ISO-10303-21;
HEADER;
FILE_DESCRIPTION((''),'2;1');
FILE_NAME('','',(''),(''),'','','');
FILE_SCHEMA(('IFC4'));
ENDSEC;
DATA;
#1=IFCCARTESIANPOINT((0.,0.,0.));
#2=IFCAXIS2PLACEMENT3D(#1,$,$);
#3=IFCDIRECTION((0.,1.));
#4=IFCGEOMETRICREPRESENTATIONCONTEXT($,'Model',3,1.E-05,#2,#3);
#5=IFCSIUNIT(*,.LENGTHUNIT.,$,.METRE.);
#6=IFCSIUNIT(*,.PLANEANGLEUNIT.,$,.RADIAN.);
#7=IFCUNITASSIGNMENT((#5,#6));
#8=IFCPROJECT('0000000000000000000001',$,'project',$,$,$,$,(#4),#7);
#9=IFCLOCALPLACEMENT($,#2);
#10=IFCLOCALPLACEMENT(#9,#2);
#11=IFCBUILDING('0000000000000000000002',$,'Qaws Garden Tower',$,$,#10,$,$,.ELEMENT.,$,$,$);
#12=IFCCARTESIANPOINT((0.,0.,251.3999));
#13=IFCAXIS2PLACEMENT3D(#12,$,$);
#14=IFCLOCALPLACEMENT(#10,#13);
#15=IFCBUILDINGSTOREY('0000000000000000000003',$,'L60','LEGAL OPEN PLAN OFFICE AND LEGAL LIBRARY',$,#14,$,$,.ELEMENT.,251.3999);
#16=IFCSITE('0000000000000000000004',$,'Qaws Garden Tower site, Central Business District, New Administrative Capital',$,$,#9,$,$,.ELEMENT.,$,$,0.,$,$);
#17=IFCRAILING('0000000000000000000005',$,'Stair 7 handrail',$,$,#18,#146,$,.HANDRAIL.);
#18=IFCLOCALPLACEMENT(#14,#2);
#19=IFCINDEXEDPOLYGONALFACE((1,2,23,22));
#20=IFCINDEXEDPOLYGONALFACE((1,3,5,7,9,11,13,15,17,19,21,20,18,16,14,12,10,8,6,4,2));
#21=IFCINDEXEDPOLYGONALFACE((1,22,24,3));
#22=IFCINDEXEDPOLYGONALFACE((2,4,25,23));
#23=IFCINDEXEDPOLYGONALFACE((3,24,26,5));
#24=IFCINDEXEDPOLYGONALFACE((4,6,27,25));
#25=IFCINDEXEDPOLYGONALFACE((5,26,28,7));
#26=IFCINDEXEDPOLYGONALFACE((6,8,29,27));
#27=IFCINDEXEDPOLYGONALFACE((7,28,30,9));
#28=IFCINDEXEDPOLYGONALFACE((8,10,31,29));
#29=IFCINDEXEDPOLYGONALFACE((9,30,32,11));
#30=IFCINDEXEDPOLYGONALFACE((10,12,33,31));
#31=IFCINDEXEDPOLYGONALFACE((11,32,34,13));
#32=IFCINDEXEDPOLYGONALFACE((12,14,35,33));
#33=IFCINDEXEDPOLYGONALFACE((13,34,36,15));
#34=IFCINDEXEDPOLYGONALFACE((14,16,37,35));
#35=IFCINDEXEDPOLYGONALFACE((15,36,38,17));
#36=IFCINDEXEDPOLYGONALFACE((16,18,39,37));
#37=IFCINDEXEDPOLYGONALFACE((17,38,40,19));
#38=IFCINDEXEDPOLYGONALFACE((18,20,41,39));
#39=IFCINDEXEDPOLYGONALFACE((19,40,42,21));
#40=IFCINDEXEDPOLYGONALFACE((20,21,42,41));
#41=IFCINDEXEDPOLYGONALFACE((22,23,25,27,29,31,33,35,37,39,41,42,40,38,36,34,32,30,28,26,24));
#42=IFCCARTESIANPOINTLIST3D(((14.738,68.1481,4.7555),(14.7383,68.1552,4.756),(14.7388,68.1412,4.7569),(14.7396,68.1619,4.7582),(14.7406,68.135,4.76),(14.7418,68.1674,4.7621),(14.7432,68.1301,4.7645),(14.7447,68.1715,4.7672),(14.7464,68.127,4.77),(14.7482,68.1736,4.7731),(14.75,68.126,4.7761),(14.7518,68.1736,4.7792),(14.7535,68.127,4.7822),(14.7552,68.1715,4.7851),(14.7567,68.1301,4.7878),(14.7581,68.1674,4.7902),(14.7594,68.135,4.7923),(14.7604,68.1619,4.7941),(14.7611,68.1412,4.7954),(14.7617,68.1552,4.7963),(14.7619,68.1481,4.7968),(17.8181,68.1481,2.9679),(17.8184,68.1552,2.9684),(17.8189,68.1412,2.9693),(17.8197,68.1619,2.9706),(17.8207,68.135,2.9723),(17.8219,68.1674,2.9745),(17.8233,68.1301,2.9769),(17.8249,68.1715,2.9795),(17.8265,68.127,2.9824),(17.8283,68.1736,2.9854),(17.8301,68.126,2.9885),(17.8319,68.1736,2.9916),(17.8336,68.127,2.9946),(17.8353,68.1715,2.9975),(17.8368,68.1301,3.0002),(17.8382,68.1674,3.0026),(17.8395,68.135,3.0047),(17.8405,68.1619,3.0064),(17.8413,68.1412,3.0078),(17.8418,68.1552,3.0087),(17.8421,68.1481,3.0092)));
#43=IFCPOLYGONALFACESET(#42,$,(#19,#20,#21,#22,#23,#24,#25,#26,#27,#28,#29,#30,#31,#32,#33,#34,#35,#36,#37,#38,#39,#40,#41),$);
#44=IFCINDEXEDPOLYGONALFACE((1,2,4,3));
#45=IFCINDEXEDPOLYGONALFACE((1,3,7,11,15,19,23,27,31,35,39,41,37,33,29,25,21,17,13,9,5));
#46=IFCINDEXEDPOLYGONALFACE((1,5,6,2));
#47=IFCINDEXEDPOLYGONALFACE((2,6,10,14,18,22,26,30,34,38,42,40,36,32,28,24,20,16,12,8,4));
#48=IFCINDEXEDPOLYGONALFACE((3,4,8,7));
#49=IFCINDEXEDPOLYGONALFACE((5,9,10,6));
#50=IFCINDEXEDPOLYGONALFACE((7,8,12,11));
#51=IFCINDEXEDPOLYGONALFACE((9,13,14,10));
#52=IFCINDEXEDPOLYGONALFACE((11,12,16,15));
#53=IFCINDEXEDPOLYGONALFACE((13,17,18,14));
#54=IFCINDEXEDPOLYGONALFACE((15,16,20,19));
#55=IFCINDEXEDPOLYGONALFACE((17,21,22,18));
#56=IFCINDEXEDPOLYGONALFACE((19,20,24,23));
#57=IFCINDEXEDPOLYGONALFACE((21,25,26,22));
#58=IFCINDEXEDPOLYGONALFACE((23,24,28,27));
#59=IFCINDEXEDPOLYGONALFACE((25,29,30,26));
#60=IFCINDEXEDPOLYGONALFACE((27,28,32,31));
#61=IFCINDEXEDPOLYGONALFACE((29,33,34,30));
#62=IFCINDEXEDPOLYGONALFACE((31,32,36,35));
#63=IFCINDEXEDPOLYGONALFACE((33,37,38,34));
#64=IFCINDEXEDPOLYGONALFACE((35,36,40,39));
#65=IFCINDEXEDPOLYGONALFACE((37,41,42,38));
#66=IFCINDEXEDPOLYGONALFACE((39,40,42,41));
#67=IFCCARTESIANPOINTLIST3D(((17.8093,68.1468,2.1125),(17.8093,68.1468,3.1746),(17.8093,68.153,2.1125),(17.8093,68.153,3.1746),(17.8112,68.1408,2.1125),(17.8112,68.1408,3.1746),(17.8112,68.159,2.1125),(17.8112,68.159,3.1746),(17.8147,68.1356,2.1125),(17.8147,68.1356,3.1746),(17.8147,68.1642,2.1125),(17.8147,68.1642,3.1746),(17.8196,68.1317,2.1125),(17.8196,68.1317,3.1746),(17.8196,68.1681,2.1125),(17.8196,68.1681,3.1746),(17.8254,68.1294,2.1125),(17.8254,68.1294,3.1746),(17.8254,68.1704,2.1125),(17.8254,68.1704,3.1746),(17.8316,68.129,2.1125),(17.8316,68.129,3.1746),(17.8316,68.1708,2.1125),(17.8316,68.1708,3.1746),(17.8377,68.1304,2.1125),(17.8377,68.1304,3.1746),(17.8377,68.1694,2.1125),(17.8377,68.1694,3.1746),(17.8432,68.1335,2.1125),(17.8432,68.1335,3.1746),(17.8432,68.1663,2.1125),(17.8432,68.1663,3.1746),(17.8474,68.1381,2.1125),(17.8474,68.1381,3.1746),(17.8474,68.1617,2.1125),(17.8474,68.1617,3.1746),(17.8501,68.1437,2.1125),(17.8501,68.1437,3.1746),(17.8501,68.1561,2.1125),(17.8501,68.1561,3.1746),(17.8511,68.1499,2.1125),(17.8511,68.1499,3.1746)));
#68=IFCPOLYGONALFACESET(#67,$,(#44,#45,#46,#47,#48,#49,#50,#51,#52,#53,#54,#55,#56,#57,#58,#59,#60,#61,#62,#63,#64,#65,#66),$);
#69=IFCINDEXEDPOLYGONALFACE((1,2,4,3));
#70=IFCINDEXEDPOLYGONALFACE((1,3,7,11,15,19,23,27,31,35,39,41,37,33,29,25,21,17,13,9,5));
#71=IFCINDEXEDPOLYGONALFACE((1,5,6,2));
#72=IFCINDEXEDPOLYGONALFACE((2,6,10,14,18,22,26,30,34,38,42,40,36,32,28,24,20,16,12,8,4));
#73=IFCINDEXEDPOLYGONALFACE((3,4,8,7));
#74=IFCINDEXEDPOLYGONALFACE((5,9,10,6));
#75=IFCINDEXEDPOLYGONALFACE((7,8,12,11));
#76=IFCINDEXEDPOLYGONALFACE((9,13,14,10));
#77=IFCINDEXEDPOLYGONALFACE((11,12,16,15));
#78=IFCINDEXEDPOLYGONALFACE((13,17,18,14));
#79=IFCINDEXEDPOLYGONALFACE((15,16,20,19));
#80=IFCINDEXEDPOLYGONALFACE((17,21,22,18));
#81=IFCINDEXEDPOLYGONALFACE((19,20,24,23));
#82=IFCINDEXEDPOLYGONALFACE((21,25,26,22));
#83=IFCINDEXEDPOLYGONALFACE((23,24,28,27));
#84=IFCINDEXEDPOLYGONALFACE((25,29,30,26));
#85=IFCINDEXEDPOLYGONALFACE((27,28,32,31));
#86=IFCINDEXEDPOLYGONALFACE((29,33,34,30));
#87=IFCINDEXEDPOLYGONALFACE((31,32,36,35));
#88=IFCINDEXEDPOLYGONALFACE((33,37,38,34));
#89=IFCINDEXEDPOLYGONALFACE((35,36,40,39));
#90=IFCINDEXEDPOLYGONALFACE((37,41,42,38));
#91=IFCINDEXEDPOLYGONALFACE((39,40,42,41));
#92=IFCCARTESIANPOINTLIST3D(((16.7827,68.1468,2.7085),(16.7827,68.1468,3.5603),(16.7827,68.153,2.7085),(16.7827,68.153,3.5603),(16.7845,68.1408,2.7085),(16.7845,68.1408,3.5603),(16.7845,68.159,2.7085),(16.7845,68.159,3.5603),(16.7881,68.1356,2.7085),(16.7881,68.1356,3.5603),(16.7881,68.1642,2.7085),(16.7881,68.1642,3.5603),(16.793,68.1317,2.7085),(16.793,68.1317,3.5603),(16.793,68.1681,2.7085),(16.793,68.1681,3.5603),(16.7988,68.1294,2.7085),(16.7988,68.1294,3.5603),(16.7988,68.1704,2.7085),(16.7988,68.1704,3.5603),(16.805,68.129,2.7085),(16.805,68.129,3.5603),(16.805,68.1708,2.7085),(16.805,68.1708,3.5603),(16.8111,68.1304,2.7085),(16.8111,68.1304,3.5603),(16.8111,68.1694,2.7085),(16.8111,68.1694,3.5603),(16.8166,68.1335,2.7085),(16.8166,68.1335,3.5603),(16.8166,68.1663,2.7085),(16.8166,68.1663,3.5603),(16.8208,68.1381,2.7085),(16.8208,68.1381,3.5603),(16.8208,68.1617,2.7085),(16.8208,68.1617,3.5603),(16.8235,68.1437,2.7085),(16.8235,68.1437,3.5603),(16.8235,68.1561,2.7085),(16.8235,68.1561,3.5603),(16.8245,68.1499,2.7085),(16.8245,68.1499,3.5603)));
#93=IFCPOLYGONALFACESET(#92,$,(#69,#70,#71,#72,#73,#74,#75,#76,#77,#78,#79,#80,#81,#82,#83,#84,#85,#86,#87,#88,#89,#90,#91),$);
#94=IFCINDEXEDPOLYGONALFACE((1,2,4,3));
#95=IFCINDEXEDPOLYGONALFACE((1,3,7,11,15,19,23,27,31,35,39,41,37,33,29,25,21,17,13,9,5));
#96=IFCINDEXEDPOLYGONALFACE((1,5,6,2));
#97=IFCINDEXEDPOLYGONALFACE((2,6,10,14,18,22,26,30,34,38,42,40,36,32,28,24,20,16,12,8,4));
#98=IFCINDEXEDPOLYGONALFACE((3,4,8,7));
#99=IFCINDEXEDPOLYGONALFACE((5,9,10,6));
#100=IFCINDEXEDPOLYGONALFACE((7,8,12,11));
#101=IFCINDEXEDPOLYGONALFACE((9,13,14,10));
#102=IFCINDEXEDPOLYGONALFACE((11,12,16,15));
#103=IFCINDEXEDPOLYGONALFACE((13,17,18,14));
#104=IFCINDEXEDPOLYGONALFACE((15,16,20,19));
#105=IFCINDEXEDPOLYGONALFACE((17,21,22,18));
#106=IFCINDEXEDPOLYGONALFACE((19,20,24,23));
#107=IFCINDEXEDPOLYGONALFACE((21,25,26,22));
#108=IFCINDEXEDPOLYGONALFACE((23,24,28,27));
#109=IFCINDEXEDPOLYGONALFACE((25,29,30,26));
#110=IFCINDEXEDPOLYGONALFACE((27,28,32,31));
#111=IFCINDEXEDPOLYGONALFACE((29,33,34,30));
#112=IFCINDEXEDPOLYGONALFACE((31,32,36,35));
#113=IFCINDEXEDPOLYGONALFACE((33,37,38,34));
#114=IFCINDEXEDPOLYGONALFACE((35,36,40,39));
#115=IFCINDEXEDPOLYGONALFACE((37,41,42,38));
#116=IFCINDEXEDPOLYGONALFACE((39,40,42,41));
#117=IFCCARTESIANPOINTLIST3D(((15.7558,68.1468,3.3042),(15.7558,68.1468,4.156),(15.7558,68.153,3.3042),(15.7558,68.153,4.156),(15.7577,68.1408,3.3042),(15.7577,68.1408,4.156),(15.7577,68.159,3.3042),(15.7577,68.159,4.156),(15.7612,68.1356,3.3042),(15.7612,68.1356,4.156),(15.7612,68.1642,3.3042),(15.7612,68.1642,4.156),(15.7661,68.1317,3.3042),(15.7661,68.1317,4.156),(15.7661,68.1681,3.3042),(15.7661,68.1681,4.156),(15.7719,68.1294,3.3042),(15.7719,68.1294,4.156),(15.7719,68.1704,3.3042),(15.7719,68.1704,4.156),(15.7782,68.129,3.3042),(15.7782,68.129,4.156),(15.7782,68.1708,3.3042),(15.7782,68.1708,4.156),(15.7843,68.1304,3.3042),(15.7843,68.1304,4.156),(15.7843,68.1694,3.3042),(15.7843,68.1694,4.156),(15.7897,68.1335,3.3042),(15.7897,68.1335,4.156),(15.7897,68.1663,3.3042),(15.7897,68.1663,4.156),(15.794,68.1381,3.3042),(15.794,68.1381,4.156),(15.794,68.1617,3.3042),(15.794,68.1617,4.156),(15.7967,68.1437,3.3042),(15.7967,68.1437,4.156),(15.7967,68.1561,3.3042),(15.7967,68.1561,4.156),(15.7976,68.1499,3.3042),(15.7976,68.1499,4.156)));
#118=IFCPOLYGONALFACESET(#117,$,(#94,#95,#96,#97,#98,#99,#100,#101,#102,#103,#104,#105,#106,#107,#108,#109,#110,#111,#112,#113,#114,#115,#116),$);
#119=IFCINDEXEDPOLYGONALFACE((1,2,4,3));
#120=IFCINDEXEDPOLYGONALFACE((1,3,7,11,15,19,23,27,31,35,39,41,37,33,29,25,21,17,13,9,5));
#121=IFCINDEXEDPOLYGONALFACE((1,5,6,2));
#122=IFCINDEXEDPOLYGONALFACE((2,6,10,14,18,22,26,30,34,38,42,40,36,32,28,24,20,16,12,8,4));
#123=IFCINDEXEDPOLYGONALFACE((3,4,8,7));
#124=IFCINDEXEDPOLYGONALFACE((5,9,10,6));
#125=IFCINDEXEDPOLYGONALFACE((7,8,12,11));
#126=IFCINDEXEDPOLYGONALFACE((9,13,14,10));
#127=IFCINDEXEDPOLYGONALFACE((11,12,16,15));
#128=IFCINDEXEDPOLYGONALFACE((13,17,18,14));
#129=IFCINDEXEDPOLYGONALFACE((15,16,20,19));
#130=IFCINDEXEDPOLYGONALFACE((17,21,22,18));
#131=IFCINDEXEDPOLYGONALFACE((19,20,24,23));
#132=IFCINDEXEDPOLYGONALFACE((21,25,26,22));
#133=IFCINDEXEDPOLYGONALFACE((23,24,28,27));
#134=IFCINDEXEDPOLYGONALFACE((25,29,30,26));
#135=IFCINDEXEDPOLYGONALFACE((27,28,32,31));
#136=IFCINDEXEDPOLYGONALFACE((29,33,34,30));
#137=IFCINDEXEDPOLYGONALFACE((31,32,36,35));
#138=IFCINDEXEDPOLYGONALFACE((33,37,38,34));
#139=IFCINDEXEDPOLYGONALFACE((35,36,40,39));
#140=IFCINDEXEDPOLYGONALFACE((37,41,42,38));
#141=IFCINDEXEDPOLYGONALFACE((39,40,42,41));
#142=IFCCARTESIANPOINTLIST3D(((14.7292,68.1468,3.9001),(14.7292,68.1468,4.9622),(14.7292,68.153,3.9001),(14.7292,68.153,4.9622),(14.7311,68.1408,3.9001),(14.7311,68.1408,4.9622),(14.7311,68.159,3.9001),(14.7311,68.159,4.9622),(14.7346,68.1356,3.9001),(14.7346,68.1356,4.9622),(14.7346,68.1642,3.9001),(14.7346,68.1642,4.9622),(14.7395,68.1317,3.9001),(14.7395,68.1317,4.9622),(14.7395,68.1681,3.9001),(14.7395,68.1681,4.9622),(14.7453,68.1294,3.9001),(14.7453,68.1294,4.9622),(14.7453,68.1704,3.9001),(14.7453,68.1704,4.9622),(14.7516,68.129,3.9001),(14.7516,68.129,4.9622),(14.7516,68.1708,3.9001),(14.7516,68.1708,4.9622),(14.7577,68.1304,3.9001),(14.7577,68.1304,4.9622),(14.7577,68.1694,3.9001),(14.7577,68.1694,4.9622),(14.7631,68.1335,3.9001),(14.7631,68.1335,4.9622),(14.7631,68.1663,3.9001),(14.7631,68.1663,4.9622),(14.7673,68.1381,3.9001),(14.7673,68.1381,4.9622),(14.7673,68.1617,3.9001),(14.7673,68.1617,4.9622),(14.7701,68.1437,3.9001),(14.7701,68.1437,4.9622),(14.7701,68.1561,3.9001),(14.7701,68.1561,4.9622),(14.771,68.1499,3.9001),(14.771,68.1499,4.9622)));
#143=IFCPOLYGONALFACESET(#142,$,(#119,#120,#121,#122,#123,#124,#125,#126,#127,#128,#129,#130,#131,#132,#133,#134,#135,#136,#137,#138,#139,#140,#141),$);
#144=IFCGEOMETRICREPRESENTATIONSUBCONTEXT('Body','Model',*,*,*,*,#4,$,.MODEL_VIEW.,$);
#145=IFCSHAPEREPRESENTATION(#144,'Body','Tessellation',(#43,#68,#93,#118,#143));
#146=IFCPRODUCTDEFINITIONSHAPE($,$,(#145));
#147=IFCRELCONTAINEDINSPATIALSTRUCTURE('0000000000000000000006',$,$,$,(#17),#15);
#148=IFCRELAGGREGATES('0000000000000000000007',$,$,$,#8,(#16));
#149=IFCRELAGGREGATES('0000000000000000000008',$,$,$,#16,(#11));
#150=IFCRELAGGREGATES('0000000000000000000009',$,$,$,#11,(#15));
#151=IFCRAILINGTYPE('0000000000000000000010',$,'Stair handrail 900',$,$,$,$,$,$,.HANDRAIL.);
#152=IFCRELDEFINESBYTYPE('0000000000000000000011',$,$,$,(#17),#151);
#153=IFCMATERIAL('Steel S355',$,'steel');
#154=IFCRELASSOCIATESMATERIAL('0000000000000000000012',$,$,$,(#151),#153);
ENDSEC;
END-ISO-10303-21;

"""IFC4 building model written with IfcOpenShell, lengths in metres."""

from ifc_helpers import new_model, si_unit, direction, frame, origin, origin_2d, place, context, subcontext, project, spatial, circle, extrude, material, type_object, element, save


model = new_model("IFC4")

# Units and contexts
model_context = context("Model", 3, precision=1e-05, world=origin(), true_north=direction((0.0, 1.0)))
body_context = subcontext(model_context, "Body", "Model", "MODEL_VIEW")
ifc_project = project(units=[si_unit("LENGTHUNIT", "METRE"), si_unit("PLANEANGLEUNIT", "RADIAN")], contexts=[model_context])

# Site, building, storey
site_placement = place(None, origin())
site = spatial("IfcSite", under=ifc_project, at=site_placement, Name="Qaws Garden Tower site, Central Business District, New Administrative Capital", CompositionType="ELEMENT", RefElevation=0.0)
building_placement = place(site_placement, origin())
building = spatial("IfcBuilding", under=site, at=building_placement, Name="Qaws Garden Tower", CompositionType="ELEMENT")
storey_placement = place(building_placement, frame((0.0, 0.0, 251.3999)))
storey = spatial("IfcBuildingStorey", under=building, at=storey_placement, Name="L60", Description="LEGAL OPEN PLAN OFFICE AND LEGAL LIBRARY", CompositionType="ELEMENT", Elevation=251.3999)

# Railing
ifc_material_1 = material(Name="Steel S355", Category="steel")
railing_type = type_object("IfcRailingType", Name="Stair handrail 900", PredefinedType="HANDRAIL", material=ifc_material_1)
railing_1_placement = place(storey_placement, frame((17.8301, 68.1499, 2.1125)))
element("IfcRailing", 1, at=railing_1_placement, inside=storey, type_object=railing_type, Name="Stair 7 handrail", PredefinedType="HANDRAIL", context=body_context, shape_type="SweptSolid", body=[
    extrude(circle(Radius=0.0239, at=origin_2d()), frame((0.0, 0.0, 0.876), z_axis=(-0.864891, 0.0, 0.50196), x_axis=(0.0, -1.0, 0.0)), (0.0, 0.0, 1.0), 3.5613),
    extrude(circle(Radius=0.021, at=origin_2d()), origin(), (0.0, 0.0, 1.0), 1.062),
    extrude(circle(Radius=0.021, at=origin_2d()), frame((-1.0266, 0.0, 0.5959)), (0.0, 0.0, 1.0), 0.8518),
    extrude(circle(Radius=0.021, at=origin_2d()), frame((-2.0535, 0.0, 1.1917)), (0.0, 0.0, 1.0), 0.8518),
    extrude(circle(Radius=0.021, at=origin_2d()), frame((-3.0801, 0.0, 1.7876)), (0.0, 0.0, 1.0), 1.062),
])

save(model, "model.ifc")
